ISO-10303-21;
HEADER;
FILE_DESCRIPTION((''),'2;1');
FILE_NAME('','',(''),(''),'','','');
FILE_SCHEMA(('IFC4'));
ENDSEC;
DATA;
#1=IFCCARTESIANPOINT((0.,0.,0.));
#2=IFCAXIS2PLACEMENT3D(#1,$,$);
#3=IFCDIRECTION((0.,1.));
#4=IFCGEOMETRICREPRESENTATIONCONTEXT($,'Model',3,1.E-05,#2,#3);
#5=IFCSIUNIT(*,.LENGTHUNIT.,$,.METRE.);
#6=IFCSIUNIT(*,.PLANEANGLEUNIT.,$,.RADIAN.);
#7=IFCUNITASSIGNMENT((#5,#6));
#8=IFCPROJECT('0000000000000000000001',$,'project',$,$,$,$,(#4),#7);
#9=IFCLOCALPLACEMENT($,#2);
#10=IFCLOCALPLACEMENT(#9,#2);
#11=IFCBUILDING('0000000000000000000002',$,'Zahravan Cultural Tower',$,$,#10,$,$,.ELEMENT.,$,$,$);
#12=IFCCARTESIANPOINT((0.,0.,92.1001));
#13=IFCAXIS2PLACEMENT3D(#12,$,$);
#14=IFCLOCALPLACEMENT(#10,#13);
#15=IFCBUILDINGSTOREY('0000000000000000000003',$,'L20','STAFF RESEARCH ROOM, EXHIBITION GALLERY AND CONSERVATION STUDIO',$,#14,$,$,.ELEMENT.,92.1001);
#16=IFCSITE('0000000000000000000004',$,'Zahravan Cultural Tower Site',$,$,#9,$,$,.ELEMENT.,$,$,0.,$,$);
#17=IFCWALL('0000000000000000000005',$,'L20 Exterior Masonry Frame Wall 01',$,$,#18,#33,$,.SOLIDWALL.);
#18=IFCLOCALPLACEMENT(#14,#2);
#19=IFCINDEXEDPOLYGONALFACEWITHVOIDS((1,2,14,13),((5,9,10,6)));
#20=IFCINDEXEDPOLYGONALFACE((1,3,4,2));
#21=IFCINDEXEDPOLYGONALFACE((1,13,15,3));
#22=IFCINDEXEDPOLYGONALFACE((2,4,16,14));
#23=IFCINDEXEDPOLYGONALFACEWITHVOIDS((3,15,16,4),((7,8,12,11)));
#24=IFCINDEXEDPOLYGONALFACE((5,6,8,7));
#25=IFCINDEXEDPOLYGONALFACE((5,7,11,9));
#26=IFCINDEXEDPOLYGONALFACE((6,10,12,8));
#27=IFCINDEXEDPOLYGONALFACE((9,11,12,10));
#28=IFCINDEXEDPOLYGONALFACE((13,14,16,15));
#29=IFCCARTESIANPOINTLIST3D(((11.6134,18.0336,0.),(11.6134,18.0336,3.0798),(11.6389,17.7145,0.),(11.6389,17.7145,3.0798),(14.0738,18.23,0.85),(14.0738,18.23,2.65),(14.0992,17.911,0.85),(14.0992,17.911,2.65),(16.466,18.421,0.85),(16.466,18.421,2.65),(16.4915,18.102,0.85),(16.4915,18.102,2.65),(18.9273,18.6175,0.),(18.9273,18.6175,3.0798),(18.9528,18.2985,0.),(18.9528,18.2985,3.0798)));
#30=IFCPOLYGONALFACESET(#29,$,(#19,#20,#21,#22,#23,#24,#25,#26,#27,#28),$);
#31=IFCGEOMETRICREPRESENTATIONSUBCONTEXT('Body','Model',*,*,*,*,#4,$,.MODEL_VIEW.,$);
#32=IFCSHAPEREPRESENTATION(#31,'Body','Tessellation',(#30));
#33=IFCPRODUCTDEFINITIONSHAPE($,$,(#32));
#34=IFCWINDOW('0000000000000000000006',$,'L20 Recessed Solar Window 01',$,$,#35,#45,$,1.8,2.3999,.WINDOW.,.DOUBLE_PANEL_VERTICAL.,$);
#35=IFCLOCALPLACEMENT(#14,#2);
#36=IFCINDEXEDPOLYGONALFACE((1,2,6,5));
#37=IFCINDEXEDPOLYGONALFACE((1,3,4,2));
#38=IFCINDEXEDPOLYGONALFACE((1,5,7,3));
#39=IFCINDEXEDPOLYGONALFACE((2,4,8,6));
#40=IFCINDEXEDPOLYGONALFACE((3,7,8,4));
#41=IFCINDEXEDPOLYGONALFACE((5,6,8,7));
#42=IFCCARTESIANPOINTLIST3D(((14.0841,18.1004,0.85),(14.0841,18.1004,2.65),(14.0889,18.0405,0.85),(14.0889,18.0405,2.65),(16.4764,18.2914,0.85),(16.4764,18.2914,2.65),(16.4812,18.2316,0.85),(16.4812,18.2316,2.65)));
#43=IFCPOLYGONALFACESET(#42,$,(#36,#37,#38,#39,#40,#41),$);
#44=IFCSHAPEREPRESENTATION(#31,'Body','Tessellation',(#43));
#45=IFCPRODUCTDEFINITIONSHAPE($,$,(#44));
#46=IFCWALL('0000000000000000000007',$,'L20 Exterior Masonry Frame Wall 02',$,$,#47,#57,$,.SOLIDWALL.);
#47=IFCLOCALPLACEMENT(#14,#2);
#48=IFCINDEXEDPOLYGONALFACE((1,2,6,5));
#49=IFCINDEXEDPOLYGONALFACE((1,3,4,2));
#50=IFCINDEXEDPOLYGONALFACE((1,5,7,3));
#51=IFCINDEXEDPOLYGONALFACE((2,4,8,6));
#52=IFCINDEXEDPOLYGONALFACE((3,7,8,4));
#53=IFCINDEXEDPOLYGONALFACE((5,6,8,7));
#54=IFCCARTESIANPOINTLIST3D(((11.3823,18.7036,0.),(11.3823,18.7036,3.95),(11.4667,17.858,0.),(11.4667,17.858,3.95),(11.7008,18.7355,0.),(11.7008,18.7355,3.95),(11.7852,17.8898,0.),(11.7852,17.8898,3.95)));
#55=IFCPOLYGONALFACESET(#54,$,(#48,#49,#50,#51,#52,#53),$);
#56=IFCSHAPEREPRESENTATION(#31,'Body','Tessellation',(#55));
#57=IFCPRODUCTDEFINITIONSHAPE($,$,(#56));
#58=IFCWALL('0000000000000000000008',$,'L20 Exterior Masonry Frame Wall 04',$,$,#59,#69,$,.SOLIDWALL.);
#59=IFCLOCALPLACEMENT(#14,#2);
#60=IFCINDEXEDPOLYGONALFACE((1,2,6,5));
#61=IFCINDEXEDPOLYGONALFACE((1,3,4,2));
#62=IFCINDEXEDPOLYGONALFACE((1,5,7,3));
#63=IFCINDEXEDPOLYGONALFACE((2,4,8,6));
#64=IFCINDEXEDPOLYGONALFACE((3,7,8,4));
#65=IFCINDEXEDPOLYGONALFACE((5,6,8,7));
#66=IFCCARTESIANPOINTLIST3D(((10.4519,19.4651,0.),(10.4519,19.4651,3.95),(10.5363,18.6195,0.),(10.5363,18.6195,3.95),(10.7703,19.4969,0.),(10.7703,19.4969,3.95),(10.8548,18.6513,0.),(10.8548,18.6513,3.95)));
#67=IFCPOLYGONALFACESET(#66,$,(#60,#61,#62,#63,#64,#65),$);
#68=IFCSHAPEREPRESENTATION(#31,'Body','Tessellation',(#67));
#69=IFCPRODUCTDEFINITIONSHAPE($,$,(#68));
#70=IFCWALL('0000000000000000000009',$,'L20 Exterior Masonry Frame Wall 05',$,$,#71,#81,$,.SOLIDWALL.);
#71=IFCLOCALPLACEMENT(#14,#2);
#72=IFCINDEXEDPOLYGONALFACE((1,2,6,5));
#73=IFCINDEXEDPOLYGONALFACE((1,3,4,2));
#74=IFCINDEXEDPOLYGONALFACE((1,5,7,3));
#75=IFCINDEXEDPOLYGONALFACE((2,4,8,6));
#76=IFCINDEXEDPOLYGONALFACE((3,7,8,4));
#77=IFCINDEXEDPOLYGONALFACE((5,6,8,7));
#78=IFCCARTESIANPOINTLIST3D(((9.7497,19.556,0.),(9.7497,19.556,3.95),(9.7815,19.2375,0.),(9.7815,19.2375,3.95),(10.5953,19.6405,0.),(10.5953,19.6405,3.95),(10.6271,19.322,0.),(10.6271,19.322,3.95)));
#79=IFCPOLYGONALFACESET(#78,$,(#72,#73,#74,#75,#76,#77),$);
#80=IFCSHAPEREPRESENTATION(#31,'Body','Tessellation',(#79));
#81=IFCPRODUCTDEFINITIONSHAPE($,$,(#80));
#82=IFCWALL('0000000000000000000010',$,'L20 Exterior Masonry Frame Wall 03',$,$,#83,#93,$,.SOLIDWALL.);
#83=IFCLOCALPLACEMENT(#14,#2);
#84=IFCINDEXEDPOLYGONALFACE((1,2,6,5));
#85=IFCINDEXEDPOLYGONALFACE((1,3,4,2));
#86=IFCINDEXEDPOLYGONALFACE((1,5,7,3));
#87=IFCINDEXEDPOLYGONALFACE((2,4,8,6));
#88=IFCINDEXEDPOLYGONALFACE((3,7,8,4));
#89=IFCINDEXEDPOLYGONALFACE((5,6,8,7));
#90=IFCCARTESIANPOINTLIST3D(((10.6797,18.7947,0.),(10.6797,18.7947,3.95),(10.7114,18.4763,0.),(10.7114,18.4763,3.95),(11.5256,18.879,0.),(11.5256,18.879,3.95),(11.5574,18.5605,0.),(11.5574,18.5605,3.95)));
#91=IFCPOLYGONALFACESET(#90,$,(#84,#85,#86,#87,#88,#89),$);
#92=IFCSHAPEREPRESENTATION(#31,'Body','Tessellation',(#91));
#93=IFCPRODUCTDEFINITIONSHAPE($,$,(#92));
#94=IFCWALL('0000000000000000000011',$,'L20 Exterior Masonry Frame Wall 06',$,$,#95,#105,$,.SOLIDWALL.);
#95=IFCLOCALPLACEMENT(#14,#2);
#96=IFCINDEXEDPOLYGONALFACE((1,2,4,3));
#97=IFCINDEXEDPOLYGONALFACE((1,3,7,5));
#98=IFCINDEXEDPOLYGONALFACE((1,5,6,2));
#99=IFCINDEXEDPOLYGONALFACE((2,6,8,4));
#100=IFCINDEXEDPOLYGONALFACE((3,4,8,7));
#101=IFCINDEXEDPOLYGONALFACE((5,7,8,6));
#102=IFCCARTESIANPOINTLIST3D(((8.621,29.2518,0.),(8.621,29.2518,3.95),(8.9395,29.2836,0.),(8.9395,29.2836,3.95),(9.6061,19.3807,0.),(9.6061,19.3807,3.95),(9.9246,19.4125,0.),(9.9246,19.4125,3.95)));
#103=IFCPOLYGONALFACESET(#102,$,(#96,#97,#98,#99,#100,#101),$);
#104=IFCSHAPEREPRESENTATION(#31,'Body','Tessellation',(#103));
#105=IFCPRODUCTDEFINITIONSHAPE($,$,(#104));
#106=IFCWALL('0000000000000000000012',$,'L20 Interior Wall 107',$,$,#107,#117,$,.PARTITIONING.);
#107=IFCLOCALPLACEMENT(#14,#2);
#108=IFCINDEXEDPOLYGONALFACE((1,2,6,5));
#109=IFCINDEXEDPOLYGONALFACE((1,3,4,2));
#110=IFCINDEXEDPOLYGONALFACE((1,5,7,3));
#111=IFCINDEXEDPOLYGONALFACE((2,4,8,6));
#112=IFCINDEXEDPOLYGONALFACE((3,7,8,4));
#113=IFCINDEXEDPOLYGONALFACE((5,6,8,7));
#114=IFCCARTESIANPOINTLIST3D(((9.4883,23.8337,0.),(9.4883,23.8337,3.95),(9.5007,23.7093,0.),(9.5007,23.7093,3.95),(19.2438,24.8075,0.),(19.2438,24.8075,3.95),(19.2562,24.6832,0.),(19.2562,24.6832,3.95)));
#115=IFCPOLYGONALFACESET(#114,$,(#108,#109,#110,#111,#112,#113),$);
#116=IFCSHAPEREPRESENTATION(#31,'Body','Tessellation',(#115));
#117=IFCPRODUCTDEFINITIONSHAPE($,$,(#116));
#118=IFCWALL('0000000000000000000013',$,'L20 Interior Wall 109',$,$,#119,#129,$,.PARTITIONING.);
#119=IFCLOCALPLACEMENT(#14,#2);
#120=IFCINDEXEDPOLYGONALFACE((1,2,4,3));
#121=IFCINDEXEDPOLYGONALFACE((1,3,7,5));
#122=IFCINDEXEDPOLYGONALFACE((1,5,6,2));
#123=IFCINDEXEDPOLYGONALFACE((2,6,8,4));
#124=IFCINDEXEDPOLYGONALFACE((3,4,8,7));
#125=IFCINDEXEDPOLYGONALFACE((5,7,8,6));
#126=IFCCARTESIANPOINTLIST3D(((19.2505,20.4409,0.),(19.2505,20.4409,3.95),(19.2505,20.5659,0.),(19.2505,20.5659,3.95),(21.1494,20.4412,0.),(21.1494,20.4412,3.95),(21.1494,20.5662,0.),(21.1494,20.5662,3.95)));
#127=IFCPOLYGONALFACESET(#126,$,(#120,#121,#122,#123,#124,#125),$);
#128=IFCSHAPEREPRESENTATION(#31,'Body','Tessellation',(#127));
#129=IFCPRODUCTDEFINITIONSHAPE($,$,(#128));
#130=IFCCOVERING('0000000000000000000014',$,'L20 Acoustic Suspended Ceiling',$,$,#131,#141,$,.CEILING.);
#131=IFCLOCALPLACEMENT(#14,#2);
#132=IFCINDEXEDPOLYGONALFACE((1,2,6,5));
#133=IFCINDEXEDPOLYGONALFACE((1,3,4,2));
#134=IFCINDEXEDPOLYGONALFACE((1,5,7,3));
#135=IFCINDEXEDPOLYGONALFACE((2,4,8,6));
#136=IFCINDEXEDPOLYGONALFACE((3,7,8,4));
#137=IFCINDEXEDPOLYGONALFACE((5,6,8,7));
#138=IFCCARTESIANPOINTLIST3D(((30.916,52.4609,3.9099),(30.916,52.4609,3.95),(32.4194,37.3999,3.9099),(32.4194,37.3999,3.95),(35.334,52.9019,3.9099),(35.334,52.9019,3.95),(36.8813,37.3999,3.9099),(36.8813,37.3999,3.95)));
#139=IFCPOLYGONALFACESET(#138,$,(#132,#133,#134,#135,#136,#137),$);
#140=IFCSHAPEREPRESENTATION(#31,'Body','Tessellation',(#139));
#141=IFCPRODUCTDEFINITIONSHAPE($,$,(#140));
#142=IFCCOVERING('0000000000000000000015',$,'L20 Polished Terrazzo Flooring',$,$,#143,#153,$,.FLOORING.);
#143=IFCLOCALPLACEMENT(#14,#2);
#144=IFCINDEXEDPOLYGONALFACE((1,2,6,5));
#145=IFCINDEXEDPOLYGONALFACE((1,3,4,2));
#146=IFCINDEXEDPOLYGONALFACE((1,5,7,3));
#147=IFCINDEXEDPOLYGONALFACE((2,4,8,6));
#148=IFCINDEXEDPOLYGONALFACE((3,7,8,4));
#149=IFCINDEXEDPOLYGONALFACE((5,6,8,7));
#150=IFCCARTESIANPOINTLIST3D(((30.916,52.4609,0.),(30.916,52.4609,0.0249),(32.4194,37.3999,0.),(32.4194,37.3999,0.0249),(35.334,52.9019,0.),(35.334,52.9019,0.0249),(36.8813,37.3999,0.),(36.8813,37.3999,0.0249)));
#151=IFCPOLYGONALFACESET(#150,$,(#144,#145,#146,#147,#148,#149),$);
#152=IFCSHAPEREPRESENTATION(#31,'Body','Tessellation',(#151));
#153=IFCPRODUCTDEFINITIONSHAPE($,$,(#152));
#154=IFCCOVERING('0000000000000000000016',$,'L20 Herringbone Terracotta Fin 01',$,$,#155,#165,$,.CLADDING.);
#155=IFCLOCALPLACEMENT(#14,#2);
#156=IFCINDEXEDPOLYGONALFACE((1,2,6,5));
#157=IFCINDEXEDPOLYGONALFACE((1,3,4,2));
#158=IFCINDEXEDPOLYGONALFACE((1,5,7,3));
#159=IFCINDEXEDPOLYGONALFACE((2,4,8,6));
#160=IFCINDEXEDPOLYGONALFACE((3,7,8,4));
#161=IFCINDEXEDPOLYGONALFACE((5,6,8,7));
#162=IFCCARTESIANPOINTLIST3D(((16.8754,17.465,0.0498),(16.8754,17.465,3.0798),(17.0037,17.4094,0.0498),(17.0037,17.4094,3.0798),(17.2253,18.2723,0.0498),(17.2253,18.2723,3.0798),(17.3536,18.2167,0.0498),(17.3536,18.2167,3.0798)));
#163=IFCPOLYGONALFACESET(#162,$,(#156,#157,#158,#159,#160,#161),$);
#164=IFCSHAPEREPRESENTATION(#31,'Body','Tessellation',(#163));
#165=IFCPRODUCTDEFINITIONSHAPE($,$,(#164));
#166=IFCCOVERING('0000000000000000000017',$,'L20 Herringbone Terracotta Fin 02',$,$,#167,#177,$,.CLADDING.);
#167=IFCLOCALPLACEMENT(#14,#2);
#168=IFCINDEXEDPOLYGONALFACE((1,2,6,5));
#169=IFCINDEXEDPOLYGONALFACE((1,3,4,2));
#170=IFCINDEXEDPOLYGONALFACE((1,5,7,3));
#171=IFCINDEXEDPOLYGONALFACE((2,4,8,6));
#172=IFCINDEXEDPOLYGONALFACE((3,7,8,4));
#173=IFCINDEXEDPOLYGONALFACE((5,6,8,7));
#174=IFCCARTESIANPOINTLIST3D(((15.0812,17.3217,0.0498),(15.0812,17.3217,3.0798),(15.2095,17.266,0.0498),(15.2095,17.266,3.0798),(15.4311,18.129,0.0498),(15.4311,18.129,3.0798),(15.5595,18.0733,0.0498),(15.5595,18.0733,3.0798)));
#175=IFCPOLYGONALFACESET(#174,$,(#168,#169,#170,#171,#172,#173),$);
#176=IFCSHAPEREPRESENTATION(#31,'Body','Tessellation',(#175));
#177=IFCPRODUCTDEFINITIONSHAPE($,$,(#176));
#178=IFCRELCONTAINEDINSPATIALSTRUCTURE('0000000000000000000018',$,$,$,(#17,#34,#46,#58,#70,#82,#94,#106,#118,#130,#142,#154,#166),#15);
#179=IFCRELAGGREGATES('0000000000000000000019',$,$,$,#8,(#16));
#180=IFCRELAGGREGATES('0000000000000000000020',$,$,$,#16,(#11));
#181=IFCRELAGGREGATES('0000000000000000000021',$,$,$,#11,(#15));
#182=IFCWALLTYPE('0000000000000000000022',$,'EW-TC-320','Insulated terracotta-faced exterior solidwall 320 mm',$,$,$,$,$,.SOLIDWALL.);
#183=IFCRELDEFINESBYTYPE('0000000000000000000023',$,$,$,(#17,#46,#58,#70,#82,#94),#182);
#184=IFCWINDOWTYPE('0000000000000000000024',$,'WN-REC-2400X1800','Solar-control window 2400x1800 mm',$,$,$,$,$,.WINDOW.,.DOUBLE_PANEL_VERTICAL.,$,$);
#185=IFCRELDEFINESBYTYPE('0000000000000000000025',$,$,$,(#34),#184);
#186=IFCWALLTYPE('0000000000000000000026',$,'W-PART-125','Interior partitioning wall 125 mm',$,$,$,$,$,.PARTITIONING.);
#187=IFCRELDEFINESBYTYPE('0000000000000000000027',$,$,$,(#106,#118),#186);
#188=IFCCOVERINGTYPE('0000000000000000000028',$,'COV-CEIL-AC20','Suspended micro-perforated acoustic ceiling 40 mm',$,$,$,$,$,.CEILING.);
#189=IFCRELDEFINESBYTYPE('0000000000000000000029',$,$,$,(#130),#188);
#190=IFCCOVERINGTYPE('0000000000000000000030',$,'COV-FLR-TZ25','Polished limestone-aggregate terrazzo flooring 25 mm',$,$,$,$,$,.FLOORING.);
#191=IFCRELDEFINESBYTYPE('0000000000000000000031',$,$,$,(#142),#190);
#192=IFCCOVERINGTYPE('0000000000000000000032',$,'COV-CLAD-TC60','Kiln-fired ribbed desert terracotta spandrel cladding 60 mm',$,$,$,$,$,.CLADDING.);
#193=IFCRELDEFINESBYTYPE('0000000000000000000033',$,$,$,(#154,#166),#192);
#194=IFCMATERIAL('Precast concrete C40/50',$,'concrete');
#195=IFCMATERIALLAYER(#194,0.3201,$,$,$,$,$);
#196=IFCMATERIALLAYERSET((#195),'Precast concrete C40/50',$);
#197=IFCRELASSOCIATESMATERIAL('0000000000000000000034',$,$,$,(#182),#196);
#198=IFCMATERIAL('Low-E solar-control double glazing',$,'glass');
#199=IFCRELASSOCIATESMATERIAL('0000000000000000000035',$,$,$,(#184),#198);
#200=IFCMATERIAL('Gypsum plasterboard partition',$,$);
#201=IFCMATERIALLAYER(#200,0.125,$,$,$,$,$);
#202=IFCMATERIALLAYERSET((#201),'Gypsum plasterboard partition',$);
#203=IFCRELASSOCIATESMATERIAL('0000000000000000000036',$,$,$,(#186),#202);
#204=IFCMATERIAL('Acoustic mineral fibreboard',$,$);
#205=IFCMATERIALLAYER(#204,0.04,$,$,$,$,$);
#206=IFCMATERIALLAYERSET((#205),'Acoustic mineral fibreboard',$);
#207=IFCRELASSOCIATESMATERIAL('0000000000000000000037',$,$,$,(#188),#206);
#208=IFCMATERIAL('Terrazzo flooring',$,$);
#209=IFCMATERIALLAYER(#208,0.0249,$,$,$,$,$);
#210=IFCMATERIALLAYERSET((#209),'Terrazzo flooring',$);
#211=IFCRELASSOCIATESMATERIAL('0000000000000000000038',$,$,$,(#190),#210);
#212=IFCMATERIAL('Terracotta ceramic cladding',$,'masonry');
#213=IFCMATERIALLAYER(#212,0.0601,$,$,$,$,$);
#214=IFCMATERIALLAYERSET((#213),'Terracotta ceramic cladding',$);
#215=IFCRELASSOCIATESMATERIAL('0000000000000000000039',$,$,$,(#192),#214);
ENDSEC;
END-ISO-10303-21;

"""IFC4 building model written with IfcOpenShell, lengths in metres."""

from ifc_helpers import new_model, si_unit, direction, frame, frame_2d, origin, origin_2d, place, context, subcontext, project, spatial, polyline, rectangle, outline, extrude, source, transform, mapped, material, layer, layer_set, type_object, element, fill, save


model = new_model("IFC4")

# Units and contexts
model_context = context("Model", 3, precision=1e-05, world=origin(), true_north=direction((0.0, 1.0)))
body_context = subcontext(model_context, "Body", "Model", "MODEL_VIEW")
ifc_project = project(units=[si_unit("LENGTHUNIT", "METRE"), si_unit("PLANEANGLEUNIT", "RADIAN")], contexts=[model_context])

# Site, building, storey
site_placement = place(None, origin())
site = spatial("IfcSite", under=ifc_project, at=site_placement, Name="Zahravan Cultural Tower Site", CompositionType="ELEMENT", RefElevation=0.0)
building_placement = place(site_placement, origin())
building = spatial("IfcBuilding", under=site, at=building_placement, Name="Zahravan Cultural Tower", CompositionType="ELEMENT")
storey_placement = place(building_placement, frame((0.0, 0.0, 92.1001)))
storey = spatial("IfcBuildingStorey", under=building, at=storey_placement, Name="L20", Description="STAFF RESEARCH ROOM, EXHIBITION GALLERY AND CONSERVATION STUDIO", CompositionType="ELEMENT", Elevation=92.1001)

# Wall, opening, window
ifc_material_1 = material(Name="Precast concrete C40/50", Category="concrete")
ifc_layer_1 = layer(ifc_material_1, 0.3201)
ifc_layer_set_1 = layer_set([ifc_layer_1], Name="Precast concrete C40/50")
wall_type_1 = type_object("IfcWallType", Name="EW-TC-320", Description="Insulated terracotta-faced exterior solidwall 320 mm", PredefinedType="SOLIDWALL", material=ifc_layer_set_1)
wall_1_placement = place(storey_placement, frame((18.9399, 18.458, 0.0), z_axis=(0.0, 0.0, 1.0), x_axis=(-0.996828, -0.079592, 0.0)))
wall_1 = element("IfcWall", 1, at=wall_1_placement, inside=storey, type_object=wall_type_1, Name="L20 Exterior Masonry Frame Wall 01", PredefinedType="SOLIDWALL", context=body_context, shape_type="SweptSolid", body=[
    extrude(rectangle(XDim=7.3372, YDim=0.3201, at=frame_2d((3.6685, 0.0))), origin(), (0.0, 0.0, 1.0), 3.0798),
])
opening_placement = place(wall_1_placement, frame((2.469, 0.0, 0.8501)))
opening = element("IfcOpeningElement", 2, at=opening_placement, cuts=wall_1, PredefinedType="OPENING", context=body_context, shape_type="SweptSolid", body=[
    extrude(rectangle(XDim=2.3999, YDim=1.8, at=frame_2d((1.2, 0.8999))), frame((0.0, 0.1699, 0.0), z_axis=(0.0, -1.0, 0.0), x_axis=(1.0, 0.0, 0.0)), (0.0, 0.0, 1.0), 0.3401),
])
ifc_material_2 = material(Name="Low-E solar-control double glazing", Category="glass")
window_type = type_object("IfcWindowType", Name="WN-REC-2400X1800", Description="Solar-control window 2400x1800 mm", PartitioningType="DOUBLE_PANEL_VERTICAL", PredefinedType="WINDOW", material=ifc_material_2)
shared_shape_1 = source(origin(), body_context, "Body", "SweptSolid", [
    extrude(rectangle(XDim=2.3999, YDim=1.8, at=frame_2d((1.2, 0.8999))), frame((0.0, 0.03, 0.0), z_axis=(0.0, -1.0, 0.0), x_axis=(1.0, 0.0, 0.0)), (0.0, 0.0, 1.0), 0.0601),
])
window_placement = place(opening_placement, origin())
window = element("IfcWindow", 3, at=window_placement, inside=storey, type_object=window_type, Name="L20 Recessed Solar Window 01", OverallHeight=1.8, OverallWidth=2.3999, PartitioningType="DOUBLE_PANEL_VERTICAL", PredefinedType="WINDOW", context=body_context, shape_type="MappedRepresentation", body=[
    mapped(shared_shape_1, transform((0.0, 0.0, 0.0), x_axis=(1.0, 0.0, 0.0), y_axis=(0.0, 1.0, 0.0), z_axis=(0.0, 0.0, 1.0), scale=1.0)),
])
fill(opening, window)

# Walls
shared_shape_2 = source(origin(), body_context, "Body", "SweptSolid", [
    extrude(rectangle(XDim=0.8499, YDim=0.3201, at=frame_2d((0.4248, 0.0))), origin(), (0.0, 0.0, 1.0), 3.95),
])
for number, where, z_axis, x_axis, name in (
    (4, (11.626, 17.874, 0.0), (0.0, 0.0, 1.0), (-0.09939, 0.995049, 0.0), "L20 Exterior Masonry Frame Wall 02"),
    (5, (10.6956, 18.6355, 0.0), (0.0, 0.0, 1.0), (-0.09939, 0.995049, 0.0), "L20 Exterior Masonry Frame Wall 04"),
    (6, (10.6111, 19.4812, 0.0), (0.0, 0.0, 1.0), (-0.995049, -0.09939, 0.0), "L20 Exterior Masonry Frame Wall 05"),
):
    element("IfcWall", number, at=place(storey_placement, frame(where, z_axis=z_axis, x_axis=x_axis)), inside=storey, type_object=wall_type_1, Name=name, PredefinedType="SOLIDWALL", context=body_context, shape_type="MappedRepresentation", body=[
        mapped(shared_shape_2, transform((0.0, 0.0, 0.0), x_axis=(1.0, 0.0, 0.0), y_axis=(0.0, 1.0, 0.0), z_axis=(0.0, 0.0, 1.0), scale=1.0)),
    ])
shared_shape_3 = source(origin(), body_context, "Body", "SweptSolid", [
    extrude(rectangle(XDim=0.8501, YDim=0.3201, at=frame_2d((0.425, 0.0))), origin(), (0.0, 0.0, 1.0), 3.95),
])
wall_2_placement = place(storey_placement, frame((11.5415, 18.7197, 0.0), z_axis=(0.0, 0.0, 1.0), x_axis=(-0.99508, -0.099077, 0.0)))
element("IfcWall", 7, at=wall_2_placement, inside=storey, type_object=wall_type_1, Name="L20 Exterior Masonry Frame Wall 03", PredefinedType="SOLIDWALL", context=body_context, shape_type="MappedRepresentation", body=[
    mapped(shared_shape_3, transform((0.0, 0.0, 0.0), x_axis=(1.0, 0.0, 0.0), y_axis=(0.0, 1.0, 0.0), z_axis=(0.0, 0.0, 1.0), scale=1.0)),
])
shared_shape_4 = source(origin(), body_context, "Body", "SweptSolid", [
    extrude(rectangle(XDim=9.9202, YDim=0.3201, at=frame_2d((4.96, 0.0))), origin(), (0.0, 0.0, 1.0), 3.95),
])
wall_3_placement = place(storey_placement, frame((9.7654, 19.3967, 0.0), z_axis=(0.0, 0.0, 1.0), x_axis=(-0.099304, 0.995057, 0.0)))
element("IfcWall", 8, at=wall_3_placement, inside=storey, type_object=wall_type_1, Name="L20 Exterior Masonry Frame Wall 06", PredefinedType="SOLIDWALL", context=body_context, shape_type="MappedRepresentation", body=[
    mapped(shared_shape_4, transform((0.0, 0.0, 0.0), x_axis=(1.0, 0.0, 0.0), y_axis=(0.0, 1.0, 0.0), z_axis=(0.0, 0.0, 1.0), scale=1.0)),
])
ifc_material_3 = material(Name="Gypsum plasterboard partition")
ifc_layer_2 = layer(ifc_material_3, 0.125)
ifc_layer_set_2 = layer_set([ifc_layer_2], Name="Gypsum plasterboard partition")
wall_type_2 = type_object("IfcWallType", Name="W-PART-125", Description="Interior partitioning wall 125 mm", PredefinedType="PARTITIONING", material=ifc_layer_set_2)
shared_shape_5 = source(origin(), body_context, "Body", "SweptSolid", [
    extrude(rectangle(XDim=9.804, YDim=0.125, at=frame_2d((4.9019, 0.0))), origin(), (0.0, 0.0, 1.0), 3.95),
])
wall_4_placement = place(storey_placement, frame((9.4946, 23.7715, 0.0), z_axis=(0.0, 0.0, 1.0), x_axis=(0.995054, 0.099336, 0.0)))
element("IfcWall", 9, at=wall_4_placement, inside=storey, type_object=wall_type_2, Name="L20 Interior Wall 107", PredefinedType="PARTITIONING", context=body_context, shape_type="MappedRepresentation", body=[
    mapped(shared_shape_5, transform((0.0, 0.0, 0.0), x_axis=(1.0, 0.0, 0.0), y_axis=(0.0, 1.0, 0.0), z_axis=(0.0, 0.0, 1.0), scale=1.0)),
])
shared_shape_6 = source(origin(), body_context, "Body", "SweptSolid", [
    extrude(rectangle(XDim=1.8989, YDim=0.125, at=frame_2d((0.9495, 0.0))), origin(), (0.0, 0.0, 1.0), 3.95),
])
wall_5_placement = place(storey_placement, frame((19.2505, 20.5034, 0.0), z_axis=(0.0, 0.0, 1.0), x_axis=(1.0, 0.000129, 0.0)))
element("IfcWall", 10, at=wall_5_placement, inside=storey, type_object=wall_type_2, Name="L20 Interior Wall 109", PredefinedType="PARTITIONING", context=body_context, shape_type="MappedRepresentation", body=[
    mapped(shared_shape_6, transform((0.0, 0.0, 0.0), x_axis=(1.0, 0.0, 0.0), y_axis=(0.0, 1.0, 0.0), z_axis=(0.0, 0.0, 1.0), scale=1.0)),
])

# Coverings
ifc_material_4 = material(Name="Acoustic mineral fibreboard")
ifc_layer_3 = layer(ifc_material_4, 0.04)
ifc_layer_set_3 = layer_set([ifc_layer_3], Name="Acoustic mineral fibreboard")
covering_type_1 = type_object("IfcCoveringType", Name="COV-CEIL-AC20", Description="Suspended micro-perforated acoustic ceiling 40 mm", PredefinedType="CEILING", material=ifc_layer_set_3)
covering_1_placement = place(storey_placement, frame((0.0, 0.0, 3.9099)))
element("IfcCovering", 11, at=covering_1_placement, inside=storey, type_object=covering_type_1, Name="L20 Acoustic Suspended Ceiling", PredefinedType="CEILING", context=body_context, shape_type="SweptSolid", body=[
    extrude(outline(polyline([(30.916, 52.4609), (32.4194, 37.3999), (36.8813, 37.3999), (35.334, 52.9019), (30.916, 52.4609)])), origin(), (0.0, 0.0, 1.0), 0.04),
])
ifc_material_5 = material(Name="Terrazzo flooring")
ifc_layer_4 = layer(ifc_material_5, 0.0249)
ifc_layer_set_4 = layer_set([ifc_layer_4], Name="Terrazzo flooring")
covering_type_2 = type_object("IfcCoveringType", Name="COV-FLR-TZ25", Description="Polished limestone-aggregate terrazzo flooring 25 mm", PredefinedType="FLOORING", material=ifc_layer_set_4)
covering_2_placement = place(storey_placement, origin())
element("IfcCovering", 12, at=covering_2_placement, inside=storey, type_object=covering_type_2, Name="L20 Polished Terrazzo Flooring", PredefinedType="FLOORING", context=body_context, shape_type="SweptSolid", body=[
    extrude(outline(polyline([(30.916, 52.4609), (32.4194, 37.3999), (36.8813, 37.3999), (35.334, 52.9019), (30.916, 52.4609)])), origin(), (0.0, 0.0, 1.0), 0.0249),
])
ifc_material_6 = material(Name="Terracotta ceramic cladding", Category="masonry")
ifc_layer_5 = layer(ifc_material_6, 0.0601)
ifc_layer_set_5 = layer_set([ifc_layer_5], Name="Terracotta ceramic cladding")
covering_type_3 = type_object("IfcCoveringType", Name="COV-CLAD-TC60", Description="Kiln-fired ribbed desert terracotta spandrel cladding 60 mm", PredefinedType="CLADDING", material=ifc_layer_set_5)
shared_shape_7 = source(origin(), body_context, "Body", "SweptSolid", [
    extrude(rectangle(XDim=0.8799, YDim=0.1399, at=origin_2d()), origin(), (0.0, 0.0, 1.0), 3.03),
])
for number, where, z_axis, x_axis, name in (
    (13, (17.1145, 17.8408, 0.0498), (0.0, 0.0, 1.0), (-0.397708, -0.917512, 0.0), "L20 Herringbone Terracotta Fin 01"),
    (14, (15.3203, 17.6975, 0.0498), (0.0, 0.0, 1.0), (-0.397708, -0.917512, 0.0), "L20 Herringbone Terracotta Fin 02"),
):
    element("IfcCovering", number, at=place(storey_placement, frame(where, z_axis=z_axis, x_axis=x_axis)), inside=storey, type_object=covering_type_3, Name=name, PredefinedType="CLADDING", context=body_context, shape_type="MappedRepresentation", body=[
        mapped(shared_shape_7, transform((0.0, 0.0, 0.0), x_axis=(1.0, 0.0, 0.0), y_axis=(0.0, 1.0, 0.0), z_axis=(0.0, 0.0, 1.0), scale=1.0)),
    ])

save(model, "model.ifc")
